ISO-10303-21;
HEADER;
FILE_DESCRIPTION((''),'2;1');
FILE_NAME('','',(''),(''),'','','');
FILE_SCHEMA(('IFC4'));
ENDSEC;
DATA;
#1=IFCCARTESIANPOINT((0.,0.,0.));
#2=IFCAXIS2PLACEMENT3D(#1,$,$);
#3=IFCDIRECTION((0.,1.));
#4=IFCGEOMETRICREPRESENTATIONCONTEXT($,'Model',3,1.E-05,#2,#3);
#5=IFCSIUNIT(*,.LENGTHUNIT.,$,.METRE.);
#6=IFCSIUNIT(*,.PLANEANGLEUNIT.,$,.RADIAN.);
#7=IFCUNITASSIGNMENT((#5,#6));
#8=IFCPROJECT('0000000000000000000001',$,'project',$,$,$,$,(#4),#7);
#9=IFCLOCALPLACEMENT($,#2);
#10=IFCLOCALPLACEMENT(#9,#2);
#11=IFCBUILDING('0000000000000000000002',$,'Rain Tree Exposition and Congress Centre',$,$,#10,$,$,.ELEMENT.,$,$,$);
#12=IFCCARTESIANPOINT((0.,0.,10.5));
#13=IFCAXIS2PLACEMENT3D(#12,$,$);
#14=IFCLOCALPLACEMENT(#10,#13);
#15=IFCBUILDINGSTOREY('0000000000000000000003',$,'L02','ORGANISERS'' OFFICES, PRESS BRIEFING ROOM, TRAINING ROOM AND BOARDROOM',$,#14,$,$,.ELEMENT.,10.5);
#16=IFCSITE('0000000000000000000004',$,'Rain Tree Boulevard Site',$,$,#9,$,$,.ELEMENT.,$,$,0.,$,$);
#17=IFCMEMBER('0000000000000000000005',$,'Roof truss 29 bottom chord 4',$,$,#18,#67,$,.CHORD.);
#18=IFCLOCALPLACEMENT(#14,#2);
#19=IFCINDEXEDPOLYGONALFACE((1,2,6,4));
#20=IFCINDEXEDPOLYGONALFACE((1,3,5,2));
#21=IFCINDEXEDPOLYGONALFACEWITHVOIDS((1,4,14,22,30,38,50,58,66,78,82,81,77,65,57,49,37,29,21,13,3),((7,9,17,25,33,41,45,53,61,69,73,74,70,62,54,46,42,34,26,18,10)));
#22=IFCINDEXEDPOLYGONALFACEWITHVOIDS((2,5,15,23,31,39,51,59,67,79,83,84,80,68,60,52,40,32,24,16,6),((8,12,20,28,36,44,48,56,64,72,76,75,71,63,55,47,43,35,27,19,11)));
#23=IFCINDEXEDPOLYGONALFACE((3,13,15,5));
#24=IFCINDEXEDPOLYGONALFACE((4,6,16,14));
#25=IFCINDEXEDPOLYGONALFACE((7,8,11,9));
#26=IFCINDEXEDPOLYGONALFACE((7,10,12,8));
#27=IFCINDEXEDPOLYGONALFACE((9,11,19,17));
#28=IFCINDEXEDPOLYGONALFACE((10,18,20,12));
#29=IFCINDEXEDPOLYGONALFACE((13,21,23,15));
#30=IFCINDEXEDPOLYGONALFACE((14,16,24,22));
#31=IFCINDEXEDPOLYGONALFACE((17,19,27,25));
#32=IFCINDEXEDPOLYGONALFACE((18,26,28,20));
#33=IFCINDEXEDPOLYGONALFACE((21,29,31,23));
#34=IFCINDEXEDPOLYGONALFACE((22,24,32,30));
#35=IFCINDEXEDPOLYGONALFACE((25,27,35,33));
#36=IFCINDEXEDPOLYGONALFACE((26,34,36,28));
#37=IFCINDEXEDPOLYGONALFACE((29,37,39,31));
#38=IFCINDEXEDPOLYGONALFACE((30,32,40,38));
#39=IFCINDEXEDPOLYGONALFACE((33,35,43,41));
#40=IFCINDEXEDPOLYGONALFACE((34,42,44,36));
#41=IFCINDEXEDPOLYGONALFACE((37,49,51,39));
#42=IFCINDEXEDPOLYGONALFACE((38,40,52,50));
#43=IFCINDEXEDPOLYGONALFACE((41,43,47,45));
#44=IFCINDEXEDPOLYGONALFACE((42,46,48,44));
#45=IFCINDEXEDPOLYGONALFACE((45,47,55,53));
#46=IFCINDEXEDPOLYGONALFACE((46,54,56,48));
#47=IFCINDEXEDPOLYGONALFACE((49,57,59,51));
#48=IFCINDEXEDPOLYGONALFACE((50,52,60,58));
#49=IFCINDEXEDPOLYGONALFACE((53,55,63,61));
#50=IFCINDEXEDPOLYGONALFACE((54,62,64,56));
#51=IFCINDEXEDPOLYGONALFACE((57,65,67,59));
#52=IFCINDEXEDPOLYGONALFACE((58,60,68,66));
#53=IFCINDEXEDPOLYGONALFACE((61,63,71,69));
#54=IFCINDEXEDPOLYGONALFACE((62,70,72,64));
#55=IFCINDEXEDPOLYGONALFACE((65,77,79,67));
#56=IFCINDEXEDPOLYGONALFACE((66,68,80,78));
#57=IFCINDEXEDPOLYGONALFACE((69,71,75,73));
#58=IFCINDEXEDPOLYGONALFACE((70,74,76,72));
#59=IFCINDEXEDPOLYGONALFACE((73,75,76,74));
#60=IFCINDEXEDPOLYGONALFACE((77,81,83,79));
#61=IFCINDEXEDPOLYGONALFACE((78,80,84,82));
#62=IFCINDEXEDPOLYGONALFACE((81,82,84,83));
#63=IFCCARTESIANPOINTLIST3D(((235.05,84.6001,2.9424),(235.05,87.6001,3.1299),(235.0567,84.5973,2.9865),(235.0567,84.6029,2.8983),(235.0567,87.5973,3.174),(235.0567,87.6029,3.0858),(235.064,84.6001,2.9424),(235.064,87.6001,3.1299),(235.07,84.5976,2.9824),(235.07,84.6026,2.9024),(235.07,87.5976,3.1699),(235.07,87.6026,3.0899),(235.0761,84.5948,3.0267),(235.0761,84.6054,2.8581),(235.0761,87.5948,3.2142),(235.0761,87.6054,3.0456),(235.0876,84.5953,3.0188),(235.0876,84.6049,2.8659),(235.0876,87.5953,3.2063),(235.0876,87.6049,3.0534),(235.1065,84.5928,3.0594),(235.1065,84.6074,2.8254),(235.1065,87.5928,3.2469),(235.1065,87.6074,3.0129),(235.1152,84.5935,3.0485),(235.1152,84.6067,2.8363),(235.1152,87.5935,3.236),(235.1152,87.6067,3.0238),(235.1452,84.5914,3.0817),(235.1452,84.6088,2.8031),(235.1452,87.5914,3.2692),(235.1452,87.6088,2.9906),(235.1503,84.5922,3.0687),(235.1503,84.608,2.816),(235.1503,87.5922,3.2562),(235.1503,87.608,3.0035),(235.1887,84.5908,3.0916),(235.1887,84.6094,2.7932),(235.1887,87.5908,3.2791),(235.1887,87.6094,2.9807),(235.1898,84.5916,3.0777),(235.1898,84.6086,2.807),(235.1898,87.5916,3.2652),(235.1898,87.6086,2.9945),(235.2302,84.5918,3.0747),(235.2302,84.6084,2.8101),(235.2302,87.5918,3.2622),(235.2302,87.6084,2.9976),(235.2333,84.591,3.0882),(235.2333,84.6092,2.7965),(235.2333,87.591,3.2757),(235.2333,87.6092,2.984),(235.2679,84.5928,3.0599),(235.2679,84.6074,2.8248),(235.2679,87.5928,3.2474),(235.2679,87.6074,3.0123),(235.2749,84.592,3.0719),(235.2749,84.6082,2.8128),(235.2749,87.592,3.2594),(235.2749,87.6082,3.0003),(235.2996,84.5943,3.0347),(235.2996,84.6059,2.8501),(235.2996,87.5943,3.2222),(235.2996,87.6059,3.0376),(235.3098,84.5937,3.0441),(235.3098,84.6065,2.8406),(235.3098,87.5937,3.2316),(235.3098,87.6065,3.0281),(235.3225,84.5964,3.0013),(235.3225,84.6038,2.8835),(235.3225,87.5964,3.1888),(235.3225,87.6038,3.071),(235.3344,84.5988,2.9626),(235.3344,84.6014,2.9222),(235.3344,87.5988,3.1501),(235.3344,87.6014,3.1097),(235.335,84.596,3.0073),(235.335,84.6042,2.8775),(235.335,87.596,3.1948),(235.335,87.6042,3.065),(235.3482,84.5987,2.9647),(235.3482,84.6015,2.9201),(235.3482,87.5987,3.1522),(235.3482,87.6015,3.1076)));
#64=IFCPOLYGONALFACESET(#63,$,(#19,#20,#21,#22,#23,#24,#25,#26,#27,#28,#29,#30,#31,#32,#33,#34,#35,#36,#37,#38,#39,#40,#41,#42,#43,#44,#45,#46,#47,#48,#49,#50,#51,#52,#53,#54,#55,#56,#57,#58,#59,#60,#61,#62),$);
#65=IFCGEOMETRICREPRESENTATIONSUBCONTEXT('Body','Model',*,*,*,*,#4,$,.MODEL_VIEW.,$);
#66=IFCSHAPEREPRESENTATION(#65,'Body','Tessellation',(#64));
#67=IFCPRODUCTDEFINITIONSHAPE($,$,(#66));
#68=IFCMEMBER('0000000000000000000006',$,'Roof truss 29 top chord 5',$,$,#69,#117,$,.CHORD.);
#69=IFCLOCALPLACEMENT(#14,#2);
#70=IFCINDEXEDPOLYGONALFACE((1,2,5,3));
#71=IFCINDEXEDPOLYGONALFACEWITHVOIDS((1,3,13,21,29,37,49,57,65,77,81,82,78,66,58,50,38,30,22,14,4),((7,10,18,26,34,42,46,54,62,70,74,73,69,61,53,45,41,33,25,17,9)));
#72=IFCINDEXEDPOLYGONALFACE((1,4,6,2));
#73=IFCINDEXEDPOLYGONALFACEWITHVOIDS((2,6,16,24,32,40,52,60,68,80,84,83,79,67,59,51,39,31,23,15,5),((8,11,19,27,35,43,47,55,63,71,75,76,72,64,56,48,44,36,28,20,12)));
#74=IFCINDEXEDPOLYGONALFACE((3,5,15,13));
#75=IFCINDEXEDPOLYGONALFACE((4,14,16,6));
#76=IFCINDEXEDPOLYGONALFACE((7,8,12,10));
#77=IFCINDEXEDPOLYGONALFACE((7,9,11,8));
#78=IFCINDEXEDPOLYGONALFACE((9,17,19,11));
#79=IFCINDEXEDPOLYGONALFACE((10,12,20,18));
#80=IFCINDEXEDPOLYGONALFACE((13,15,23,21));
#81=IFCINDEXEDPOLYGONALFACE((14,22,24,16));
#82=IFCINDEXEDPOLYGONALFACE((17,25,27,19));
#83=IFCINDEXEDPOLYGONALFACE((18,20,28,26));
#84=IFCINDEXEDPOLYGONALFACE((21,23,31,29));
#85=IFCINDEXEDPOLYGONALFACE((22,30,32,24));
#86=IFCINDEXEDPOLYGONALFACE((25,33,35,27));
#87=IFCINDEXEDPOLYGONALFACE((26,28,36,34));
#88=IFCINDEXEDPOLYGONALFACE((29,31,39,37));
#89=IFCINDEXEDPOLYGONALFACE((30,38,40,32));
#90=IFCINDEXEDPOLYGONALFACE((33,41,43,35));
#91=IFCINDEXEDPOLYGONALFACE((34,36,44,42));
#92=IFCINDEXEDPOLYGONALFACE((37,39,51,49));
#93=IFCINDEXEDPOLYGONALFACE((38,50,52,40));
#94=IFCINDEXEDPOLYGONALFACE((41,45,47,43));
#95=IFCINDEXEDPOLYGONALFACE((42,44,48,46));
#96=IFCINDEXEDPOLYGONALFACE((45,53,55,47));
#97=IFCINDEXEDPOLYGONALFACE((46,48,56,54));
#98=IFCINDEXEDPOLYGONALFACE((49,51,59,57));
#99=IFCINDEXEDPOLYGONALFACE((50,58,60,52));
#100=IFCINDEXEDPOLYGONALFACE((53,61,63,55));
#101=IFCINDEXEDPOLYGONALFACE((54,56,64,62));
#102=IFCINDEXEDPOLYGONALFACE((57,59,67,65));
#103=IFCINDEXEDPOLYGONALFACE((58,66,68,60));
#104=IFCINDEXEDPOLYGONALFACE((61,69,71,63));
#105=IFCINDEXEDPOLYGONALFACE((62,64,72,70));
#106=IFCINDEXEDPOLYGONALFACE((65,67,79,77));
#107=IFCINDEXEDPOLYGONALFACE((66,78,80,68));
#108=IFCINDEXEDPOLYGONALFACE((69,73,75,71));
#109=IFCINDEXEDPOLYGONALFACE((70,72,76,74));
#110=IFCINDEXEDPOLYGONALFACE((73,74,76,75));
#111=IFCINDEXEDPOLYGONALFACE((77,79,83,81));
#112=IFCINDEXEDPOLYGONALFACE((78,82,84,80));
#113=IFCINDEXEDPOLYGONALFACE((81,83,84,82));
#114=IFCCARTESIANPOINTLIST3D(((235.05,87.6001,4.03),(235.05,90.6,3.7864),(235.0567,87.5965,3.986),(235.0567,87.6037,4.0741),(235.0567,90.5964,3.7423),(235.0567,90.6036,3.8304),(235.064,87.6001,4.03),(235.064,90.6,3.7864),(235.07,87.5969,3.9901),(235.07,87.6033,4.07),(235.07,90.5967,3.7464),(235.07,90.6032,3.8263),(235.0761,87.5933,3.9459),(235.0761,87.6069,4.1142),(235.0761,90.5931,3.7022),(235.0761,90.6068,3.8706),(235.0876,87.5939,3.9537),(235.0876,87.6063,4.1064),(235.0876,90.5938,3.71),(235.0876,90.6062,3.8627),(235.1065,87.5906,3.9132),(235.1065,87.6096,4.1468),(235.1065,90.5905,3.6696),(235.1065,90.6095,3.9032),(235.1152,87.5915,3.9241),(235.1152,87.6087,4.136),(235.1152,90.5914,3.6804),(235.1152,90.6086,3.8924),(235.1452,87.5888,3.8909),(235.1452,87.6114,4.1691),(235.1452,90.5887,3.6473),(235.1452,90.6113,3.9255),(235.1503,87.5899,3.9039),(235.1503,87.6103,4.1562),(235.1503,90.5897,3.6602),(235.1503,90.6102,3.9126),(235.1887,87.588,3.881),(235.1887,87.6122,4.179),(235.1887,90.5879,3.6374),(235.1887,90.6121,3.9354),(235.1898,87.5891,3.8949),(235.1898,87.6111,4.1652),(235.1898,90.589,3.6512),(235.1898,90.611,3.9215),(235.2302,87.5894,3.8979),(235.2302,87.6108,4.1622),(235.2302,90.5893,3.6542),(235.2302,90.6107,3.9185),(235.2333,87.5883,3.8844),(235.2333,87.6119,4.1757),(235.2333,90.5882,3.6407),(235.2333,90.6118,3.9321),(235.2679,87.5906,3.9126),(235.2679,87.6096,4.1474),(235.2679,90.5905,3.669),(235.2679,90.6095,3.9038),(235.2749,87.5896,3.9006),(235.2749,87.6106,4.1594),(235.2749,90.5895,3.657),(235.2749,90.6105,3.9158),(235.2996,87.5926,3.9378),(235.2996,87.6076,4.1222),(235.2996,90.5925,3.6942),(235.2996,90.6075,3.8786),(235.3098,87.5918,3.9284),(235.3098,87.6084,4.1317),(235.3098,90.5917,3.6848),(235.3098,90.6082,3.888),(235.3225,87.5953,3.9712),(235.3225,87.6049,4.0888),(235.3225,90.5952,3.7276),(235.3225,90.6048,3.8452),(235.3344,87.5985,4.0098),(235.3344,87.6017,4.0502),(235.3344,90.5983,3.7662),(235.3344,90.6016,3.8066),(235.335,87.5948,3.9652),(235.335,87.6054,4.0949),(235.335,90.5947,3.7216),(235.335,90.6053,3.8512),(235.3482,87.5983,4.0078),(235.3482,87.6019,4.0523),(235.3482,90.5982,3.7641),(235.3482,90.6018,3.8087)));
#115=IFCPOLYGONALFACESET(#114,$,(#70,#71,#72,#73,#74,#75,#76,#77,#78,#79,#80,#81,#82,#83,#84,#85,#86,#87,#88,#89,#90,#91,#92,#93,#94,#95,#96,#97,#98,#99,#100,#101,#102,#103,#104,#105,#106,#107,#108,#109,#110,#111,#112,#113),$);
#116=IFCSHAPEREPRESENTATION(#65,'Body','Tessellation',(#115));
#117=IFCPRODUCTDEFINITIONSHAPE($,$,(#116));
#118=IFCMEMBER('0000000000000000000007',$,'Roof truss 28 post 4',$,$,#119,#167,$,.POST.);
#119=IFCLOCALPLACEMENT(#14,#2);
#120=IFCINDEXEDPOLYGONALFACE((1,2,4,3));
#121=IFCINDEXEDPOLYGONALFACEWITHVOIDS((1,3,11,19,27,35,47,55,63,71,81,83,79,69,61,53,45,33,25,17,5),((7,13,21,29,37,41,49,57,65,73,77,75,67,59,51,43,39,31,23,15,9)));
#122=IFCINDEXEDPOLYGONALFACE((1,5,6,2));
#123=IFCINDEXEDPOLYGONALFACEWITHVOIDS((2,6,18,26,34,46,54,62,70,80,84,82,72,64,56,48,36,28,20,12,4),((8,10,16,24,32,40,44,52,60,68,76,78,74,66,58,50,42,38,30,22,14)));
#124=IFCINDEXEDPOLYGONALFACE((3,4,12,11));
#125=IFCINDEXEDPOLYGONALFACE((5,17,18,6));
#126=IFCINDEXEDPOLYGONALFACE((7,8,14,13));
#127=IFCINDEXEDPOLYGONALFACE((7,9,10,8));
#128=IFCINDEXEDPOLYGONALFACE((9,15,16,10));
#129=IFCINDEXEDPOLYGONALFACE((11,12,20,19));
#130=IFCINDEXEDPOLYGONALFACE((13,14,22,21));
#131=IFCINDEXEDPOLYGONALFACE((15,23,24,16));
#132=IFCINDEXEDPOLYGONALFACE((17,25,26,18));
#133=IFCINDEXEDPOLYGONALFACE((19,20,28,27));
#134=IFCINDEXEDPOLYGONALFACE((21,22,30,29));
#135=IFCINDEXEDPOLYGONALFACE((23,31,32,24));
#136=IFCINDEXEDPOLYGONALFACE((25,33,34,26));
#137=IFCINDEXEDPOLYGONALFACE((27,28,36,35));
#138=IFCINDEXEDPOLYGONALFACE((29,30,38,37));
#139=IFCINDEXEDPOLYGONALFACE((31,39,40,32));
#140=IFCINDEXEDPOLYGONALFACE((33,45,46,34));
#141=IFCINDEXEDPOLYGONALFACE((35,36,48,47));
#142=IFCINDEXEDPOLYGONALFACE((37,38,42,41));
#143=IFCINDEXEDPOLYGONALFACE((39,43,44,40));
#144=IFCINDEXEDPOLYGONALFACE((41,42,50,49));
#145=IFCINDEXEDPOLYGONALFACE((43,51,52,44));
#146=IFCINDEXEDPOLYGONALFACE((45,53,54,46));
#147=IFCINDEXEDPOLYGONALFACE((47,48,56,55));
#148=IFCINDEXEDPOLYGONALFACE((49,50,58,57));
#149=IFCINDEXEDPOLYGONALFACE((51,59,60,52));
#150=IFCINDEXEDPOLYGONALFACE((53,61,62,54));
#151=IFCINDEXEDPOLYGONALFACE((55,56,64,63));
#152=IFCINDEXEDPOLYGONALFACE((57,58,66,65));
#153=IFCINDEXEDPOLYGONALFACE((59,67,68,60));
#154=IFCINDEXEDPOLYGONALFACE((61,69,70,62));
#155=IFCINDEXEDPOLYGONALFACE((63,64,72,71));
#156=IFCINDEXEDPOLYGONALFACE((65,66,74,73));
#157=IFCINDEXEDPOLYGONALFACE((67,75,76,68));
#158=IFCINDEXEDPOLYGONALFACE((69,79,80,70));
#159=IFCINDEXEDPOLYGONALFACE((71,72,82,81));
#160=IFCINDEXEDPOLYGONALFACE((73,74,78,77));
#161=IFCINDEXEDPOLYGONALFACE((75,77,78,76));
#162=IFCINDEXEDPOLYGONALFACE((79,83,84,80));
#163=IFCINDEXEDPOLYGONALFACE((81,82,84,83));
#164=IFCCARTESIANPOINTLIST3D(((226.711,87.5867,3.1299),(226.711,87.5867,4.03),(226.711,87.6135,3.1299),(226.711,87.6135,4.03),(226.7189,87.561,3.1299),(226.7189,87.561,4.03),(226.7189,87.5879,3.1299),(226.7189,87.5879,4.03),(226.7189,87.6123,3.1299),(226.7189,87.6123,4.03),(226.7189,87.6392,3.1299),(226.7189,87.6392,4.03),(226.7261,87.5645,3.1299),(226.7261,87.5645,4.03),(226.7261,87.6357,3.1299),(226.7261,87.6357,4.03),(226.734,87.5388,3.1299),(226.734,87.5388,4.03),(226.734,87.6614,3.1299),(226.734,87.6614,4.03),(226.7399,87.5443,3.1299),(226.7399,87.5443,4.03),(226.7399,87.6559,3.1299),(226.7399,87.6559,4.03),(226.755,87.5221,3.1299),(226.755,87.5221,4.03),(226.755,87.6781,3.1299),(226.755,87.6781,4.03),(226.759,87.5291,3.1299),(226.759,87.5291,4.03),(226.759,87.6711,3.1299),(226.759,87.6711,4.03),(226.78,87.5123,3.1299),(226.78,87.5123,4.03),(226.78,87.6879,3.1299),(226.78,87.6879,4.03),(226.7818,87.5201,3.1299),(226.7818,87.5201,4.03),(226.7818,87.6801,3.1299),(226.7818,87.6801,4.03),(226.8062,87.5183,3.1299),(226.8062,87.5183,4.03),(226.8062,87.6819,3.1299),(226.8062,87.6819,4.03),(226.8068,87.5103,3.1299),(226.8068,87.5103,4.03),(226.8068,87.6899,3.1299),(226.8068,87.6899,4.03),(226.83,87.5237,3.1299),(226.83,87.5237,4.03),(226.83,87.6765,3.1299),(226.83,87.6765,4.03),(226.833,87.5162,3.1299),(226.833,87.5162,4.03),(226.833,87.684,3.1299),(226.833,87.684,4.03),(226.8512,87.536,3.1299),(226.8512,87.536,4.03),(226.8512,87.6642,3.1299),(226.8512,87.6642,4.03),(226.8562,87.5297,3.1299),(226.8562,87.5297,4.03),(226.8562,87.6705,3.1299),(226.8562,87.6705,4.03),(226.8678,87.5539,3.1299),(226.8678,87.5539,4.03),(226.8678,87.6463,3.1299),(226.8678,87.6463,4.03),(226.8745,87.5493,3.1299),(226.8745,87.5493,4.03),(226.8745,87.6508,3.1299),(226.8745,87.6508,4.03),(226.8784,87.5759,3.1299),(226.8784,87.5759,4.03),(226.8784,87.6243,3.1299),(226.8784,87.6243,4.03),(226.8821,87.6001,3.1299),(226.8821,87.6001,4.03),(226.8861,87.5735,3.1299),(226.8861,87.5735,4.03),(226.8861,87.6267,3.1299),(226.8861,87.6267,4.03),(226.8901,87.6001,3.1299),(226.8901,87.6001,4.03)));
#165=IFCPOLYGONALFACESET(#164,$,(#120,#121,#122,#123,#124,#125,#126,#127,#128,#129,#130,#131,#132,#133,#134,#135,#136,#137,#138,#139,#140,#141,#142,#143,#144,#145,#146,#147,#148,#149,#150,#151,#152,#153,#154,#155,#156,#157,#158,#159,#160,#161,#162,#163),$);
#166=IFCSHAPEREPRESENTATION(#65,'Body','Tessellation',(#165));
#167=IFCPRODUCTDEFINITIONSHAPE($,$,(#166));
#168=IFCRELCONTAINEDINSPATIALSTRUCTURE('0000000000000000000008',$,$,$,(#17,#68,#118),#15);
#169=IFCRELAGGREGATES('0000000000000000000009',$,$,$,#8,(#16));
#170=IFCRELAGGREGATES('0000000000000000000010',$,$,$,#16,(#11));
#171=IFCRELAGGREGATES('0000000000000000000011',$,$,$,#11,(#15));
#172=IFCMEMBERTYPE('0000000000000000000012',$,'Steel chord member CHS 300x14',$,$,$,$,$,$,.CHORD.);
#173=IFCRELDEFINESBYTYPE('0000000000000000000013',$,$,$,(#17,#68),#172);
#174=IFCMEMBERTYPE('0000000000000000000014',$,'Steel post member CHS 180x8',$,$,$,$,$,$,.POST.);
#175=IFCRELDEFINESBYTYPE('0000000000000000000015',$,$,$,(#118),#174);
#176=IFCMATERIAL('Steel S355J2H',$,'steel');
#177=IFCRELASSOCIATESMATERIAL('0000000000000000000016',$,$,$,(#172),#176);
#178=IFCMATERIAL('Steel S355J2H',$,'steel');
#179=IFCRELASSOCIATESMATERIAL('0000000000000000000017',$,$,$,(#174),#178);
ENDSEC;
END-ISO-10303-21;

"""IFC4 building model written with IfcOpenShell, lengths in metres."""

from ifc_helpers import new_model, si_unit, direction, frame, origin, origin_2d, place, context, subcontext, project, spatial, hollow_circle, extrude, material, material_profile, profile_set, type_object, element, save


model = new_model("IFC4")

# Units and contexts
model_context = context("Model", 3, precision=1e-05, world=origin(), true_north=direction((0.0, 1.0)))
body_context = subcontext(model_context, "Body", "Model", "MODEL_VIEW")
ifc_project = project(units=[si_unit("LENGTHUNIT", "METRE"), si_unit("PLANEANGLEUNIT", "RADIAN")], contexts=[model_context])

# Site, building, storey
site_placement = place(None, origin())
site = spatial("IfcSite", under=ifc_project, at=site_placement, Name="Rain Tree Boulevard Site", CompositionType="ELEMENT", RefElevation=0.0)
building_placement = place(site_placement, origin())
building = spatial("IfcBuilding", under=site, at=building_placement, Name="Rain Tree Exposition and Congress Centre", CompositionType="ELEMENT")
storey_placement = place(building_placement, frame((0.0, 0.0, 10.5)))
storey = spatial("IfcBuildingStorey", under=building, at=storey_placement, Name="L02", Description="ORGANISERS' OFFICES, PRESS BRIEFING ROOM, TRAINING ROOM AND BOARDROOM", CompositionType="ELEMENT", Elevation=10.5)

# Members
ifc_material_1 = material(Name="Steel S355J2H", Category="steel")
ifc_material_profile_1 = material_profile(ifc_material_1, hollow_circle(Radius=0.1499, WallThickness=0.0139, at=origin_2d()), Name="CHS 300x14")
ifc_profile_set_1 = profile_set([ifc_material_profile_1], Name="Steel S355J2H")
member_type_1 = type_object("IfcMemberType", Name="Steel chord member CHS 300x14", PredefinedType="CHORD", material=ifc_profile_set_1)
member_1_placement = place(storey_placement, frame((235.2, 84.6001, 2.9424), z_axis=(0.0, 0.998053, 0.062378), x_axis=(-1.0, 0.0, 0.0)))
element("IfcMember", 1, at=member_1_placement, inside=storey, type_object=member_type_1, Name="Roof truss 29 bottom chord 4", PredefinedType="CHORD", context=body_context, shape_type="SweptSolid", body=[
    extrude(hollow_circle(Radius=0.1499, WallThickness=0.0139, at=origin_2d()), origin(), (0.0, 0.0, 1.0), 3.0059),
])
member_2_placement = place(storey_placement, frame((235.2, 87.6001, 4.03), z_axis=(0.0, 0.996718, -0.080951), x_axis=(-1.0, 0.0, 0.0)))
element("IfcMember", 2, at=member_2_placement, inside=storey, type_object=member_type_1, Name="Roof truss 29 top chord 5", PredefinedType="CHORD", context=body_context, shape_type="SweptSolid", body=[
    extrude(hollow_circle(Radius=0.1499, WallThickness=0.0139, at=origin_2d()), origin(), (0.0, 0.0, 1.0), 3.0098),
])
ifc_material_2 = material(Name="Steel S355J2H", Category="steel")
ifc_material_profile_2 = material_profile(ifc_material_2, hollow_circle(Radius=0.0901, WallThickness=0.0081, at=origin_2d()), Name="CHS 180x8")
ifc_profile_set_2 = profile_set([ifc_material_profile_2], Name="Steel S355J2H")
member_type_2 = type_object("IfcMemberType", Name="Steel post member CHS 180x8", PredefinedType="POST", material=ifc_profile_set_2)
member_3_placement = place(storey_placement, frame((226.8, 87.6001, 3.1299), z_axis=(0.0, 0.0, 1.0), x_axis=(1.0, 0.0, 0.0)))
element("IfcMember", 3, at=member_3_placement, inside=storey, type_object=member_type_2, Name="Roof truss 28 post 4", PredefinedType="POST", context=body_context, shape_type="SweptSolid", body=[
    extrude(hollow_circle(Radius=0.0901, WallThickness=0.0081, at=origin_2d()), origin(), (0.0, 0.0, 1.0), 0.9001),
])

save(model, "model.ifc")
